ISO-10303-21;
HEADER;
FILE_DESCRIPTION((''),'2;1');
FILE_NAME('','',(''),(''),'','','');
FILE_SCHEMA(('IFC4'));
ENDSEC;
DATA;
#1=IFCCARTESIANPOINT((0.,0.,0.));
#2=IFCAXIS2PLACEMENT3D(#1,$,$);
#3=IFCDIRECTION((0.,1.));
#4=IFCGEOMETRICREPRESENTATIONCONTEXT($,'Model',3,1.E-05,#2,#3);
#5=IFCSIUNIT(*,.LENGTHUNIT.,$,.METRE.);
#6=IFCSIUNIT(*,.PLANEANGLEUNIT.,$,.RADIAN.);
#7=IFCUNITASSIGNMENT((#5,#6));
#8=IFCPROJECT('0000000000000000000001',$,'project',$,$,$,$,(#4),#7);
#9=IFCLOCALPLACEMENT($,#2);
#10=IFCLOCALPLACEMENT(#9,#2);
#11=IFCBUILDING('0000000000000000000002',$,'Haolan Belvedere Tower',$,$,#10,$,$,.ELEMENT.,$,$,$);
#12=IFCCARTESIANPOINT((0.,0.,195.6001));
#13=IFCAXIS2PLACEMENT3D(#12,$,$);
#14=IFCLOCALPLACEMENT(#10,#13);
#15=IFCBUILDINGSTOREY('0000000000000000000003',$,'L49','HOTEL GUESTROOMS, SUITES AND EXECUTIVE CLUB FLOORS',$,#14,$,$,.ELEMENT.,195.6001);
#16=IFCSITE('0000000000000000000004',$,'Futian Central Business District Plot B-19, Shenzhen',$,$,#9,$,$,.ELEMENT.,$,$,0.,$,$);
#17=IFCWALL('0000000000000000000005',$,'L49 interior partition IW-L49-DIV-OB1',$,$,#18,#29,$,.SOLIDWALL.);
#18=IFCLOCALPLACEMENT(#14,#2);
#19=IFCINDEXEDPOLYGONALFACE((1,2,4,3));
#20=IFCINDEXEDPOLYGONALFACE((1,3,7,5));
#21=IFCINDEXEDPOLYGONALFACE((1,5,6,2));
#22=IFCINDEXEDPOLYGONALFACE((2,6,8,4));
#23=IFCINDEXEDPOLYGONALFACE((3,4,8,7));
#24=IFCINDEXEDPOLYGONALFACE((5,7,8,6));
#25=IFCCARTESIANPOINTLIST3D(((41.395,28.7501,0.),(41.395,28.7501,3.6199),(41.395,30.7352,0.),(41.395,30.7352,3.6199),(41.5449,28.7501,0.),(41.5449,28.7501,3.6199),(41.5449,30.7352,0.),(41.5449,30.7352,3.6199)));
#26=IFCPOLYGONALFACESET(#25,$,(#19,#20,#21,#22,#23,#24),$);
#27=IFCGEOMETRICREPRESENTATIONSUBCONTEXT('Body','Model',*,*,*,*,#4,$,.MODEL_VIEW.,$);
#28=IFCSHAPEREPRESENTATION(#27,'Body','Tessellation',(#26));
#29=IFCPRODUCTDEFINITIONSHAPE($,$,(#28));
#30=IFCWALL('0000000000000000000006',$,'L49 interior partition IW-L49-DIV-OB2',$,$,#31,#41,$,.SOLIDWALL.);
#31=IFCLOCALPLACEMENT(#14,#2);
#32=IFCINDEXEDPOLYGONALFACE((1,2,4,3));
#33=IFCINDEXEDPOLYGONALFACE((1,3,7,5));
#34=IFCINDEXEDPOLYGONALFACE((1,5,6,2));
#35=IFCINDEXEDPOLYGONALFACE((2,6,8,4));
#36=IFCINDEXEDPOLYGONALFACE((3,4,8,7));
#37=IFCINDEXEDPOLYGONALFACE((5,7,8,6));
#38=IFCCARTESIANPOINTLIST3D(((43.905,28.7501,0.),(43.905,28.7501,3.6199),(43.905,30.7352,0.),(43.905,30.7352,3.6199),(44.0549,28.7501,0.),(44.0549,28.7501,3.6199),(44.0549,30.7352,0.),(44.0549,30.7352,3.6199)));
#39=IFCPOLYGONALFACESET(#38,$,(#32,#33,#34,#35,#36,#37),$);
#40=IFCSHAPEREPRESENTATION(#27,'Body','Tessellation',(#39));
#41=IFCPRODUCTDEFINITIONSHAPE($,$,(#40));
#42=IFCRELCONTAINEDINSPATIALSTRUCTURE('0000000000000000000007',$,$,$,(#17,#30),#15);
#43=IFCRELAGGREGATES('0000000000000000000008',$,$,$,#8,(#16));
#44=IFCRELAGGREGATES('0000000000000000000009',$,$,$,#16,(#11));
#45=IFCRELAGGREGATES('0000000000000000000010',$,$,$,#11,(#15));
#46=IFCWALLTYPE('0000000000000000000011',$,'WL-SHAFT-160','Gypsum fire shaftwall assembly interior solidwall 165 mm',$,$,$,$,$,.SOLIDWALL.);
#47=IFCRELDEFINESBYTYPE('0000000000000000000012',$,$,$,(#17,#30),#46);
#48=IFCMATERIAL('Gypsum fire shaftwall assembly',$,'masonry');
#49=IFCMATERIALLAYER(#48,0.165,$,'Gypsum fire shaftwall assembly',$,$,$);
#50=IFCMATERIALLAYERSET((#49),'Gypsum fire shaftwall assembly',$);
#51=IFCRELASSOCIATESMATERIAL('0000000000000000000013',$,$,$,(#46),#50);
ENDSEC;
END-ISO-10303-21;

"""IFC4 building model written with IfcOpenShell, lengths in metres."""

from ifc_helpers import new_model, si_unit, direction, frame, frame_2d, origin, place, context, subcontext, project, spatial, rectangle, extrude, material, layer, layer_set, type_object, element, save


model = new_model("IFC4")

# Units and contexts
model_context = context("Model", 3, precision=1e-05, world=origin(), true_north=direction((0.0, 1.0)))
body_context = subcontext(model_context, "Body", "Model", "MODEL_VIEW")
ifc_project = project(units=[si_unit("LENGTHUNIT", "METRE"), si_unit("PLANEANGLEUNIT", "RADIAN")], contexts=[model_context])

# Site, building, storey
site_placement = place(None, origin())
site = spatial("IfcSite", under=ifc_project, at=site_placement, Name="Futian Central Business District Plot B-19, Shenzhen", CompositionType="ELEMENT", RefElevation=0.0)
building_placement = place(site_placement, origin())
building = spatial("IfcBuilding", under=site, at=building_placement, Name="Haolan Belvedere Tower", CompositionType="ELEMENT")
storey_placement = place(building_placement, frame((0.0, 0.0, 195.6001)))
storey = spatial("IfcBuildingStorey", under=building, at=storey_placement, Name="L49", Description="HOTEL GUESTROOMS, SUITES AND EXECUTIVE CLUB FLOORS", CompositionType="ELEMENT", Elevation=195.6001)

# Shared definitions
ifc_material_1 = material(Name="Gypsum fire shaftwall assembly", Category="masonry")
ifc_layer_1 = layer(ifc_material_1, 0.165, Name="Gypsum fire shaftwall assembly")
ifc_layer_set_1 = layer_set([ifc_layer_1], Name="Gypsum fire shaftwall assembly")
wall_type_1 = type_object("IfcWallType", Name="WL-SHAFT-160", Description="Gypsum fire shaftwall assembly interior solidwall 165 mm", PredefinedType="SOLIDWALL", material=ifc_layer_set_1)

# Walls
for number, where, z_axis, x_axis, name in (
    (1, (41.47, 28.75, 0.0), (0.0, 0.0, 1.0), (0.0, 1.0, 0.0), "L49 interior partition IW-L49-DIV-OB1"),
    (2, (43.98, 28.75, 0.0), (0.0, 0.0, 1.0), (0.0, 1.0, 0.0), "L49 interior partition IW-L49-DIV-OB2"),
):
    element("IfcWall", number, at=place(storey_placement, frame(where, z_axis=z_axis, x_axis=x_axis)), inside=storey, type_object=wall_type_1, Name=name, PredefinedType="SOLIDWALL", context=body_context, shape_type="SweptSolid", body=[
        extrude(rectangle(XDim=1.9851, YDim=0.1499, at=frame_2d((0.9927, 0.0))), origin(), (0.0, 0.0, 1.0), 3.6199),
    ])

save(model, "model.ifc")
